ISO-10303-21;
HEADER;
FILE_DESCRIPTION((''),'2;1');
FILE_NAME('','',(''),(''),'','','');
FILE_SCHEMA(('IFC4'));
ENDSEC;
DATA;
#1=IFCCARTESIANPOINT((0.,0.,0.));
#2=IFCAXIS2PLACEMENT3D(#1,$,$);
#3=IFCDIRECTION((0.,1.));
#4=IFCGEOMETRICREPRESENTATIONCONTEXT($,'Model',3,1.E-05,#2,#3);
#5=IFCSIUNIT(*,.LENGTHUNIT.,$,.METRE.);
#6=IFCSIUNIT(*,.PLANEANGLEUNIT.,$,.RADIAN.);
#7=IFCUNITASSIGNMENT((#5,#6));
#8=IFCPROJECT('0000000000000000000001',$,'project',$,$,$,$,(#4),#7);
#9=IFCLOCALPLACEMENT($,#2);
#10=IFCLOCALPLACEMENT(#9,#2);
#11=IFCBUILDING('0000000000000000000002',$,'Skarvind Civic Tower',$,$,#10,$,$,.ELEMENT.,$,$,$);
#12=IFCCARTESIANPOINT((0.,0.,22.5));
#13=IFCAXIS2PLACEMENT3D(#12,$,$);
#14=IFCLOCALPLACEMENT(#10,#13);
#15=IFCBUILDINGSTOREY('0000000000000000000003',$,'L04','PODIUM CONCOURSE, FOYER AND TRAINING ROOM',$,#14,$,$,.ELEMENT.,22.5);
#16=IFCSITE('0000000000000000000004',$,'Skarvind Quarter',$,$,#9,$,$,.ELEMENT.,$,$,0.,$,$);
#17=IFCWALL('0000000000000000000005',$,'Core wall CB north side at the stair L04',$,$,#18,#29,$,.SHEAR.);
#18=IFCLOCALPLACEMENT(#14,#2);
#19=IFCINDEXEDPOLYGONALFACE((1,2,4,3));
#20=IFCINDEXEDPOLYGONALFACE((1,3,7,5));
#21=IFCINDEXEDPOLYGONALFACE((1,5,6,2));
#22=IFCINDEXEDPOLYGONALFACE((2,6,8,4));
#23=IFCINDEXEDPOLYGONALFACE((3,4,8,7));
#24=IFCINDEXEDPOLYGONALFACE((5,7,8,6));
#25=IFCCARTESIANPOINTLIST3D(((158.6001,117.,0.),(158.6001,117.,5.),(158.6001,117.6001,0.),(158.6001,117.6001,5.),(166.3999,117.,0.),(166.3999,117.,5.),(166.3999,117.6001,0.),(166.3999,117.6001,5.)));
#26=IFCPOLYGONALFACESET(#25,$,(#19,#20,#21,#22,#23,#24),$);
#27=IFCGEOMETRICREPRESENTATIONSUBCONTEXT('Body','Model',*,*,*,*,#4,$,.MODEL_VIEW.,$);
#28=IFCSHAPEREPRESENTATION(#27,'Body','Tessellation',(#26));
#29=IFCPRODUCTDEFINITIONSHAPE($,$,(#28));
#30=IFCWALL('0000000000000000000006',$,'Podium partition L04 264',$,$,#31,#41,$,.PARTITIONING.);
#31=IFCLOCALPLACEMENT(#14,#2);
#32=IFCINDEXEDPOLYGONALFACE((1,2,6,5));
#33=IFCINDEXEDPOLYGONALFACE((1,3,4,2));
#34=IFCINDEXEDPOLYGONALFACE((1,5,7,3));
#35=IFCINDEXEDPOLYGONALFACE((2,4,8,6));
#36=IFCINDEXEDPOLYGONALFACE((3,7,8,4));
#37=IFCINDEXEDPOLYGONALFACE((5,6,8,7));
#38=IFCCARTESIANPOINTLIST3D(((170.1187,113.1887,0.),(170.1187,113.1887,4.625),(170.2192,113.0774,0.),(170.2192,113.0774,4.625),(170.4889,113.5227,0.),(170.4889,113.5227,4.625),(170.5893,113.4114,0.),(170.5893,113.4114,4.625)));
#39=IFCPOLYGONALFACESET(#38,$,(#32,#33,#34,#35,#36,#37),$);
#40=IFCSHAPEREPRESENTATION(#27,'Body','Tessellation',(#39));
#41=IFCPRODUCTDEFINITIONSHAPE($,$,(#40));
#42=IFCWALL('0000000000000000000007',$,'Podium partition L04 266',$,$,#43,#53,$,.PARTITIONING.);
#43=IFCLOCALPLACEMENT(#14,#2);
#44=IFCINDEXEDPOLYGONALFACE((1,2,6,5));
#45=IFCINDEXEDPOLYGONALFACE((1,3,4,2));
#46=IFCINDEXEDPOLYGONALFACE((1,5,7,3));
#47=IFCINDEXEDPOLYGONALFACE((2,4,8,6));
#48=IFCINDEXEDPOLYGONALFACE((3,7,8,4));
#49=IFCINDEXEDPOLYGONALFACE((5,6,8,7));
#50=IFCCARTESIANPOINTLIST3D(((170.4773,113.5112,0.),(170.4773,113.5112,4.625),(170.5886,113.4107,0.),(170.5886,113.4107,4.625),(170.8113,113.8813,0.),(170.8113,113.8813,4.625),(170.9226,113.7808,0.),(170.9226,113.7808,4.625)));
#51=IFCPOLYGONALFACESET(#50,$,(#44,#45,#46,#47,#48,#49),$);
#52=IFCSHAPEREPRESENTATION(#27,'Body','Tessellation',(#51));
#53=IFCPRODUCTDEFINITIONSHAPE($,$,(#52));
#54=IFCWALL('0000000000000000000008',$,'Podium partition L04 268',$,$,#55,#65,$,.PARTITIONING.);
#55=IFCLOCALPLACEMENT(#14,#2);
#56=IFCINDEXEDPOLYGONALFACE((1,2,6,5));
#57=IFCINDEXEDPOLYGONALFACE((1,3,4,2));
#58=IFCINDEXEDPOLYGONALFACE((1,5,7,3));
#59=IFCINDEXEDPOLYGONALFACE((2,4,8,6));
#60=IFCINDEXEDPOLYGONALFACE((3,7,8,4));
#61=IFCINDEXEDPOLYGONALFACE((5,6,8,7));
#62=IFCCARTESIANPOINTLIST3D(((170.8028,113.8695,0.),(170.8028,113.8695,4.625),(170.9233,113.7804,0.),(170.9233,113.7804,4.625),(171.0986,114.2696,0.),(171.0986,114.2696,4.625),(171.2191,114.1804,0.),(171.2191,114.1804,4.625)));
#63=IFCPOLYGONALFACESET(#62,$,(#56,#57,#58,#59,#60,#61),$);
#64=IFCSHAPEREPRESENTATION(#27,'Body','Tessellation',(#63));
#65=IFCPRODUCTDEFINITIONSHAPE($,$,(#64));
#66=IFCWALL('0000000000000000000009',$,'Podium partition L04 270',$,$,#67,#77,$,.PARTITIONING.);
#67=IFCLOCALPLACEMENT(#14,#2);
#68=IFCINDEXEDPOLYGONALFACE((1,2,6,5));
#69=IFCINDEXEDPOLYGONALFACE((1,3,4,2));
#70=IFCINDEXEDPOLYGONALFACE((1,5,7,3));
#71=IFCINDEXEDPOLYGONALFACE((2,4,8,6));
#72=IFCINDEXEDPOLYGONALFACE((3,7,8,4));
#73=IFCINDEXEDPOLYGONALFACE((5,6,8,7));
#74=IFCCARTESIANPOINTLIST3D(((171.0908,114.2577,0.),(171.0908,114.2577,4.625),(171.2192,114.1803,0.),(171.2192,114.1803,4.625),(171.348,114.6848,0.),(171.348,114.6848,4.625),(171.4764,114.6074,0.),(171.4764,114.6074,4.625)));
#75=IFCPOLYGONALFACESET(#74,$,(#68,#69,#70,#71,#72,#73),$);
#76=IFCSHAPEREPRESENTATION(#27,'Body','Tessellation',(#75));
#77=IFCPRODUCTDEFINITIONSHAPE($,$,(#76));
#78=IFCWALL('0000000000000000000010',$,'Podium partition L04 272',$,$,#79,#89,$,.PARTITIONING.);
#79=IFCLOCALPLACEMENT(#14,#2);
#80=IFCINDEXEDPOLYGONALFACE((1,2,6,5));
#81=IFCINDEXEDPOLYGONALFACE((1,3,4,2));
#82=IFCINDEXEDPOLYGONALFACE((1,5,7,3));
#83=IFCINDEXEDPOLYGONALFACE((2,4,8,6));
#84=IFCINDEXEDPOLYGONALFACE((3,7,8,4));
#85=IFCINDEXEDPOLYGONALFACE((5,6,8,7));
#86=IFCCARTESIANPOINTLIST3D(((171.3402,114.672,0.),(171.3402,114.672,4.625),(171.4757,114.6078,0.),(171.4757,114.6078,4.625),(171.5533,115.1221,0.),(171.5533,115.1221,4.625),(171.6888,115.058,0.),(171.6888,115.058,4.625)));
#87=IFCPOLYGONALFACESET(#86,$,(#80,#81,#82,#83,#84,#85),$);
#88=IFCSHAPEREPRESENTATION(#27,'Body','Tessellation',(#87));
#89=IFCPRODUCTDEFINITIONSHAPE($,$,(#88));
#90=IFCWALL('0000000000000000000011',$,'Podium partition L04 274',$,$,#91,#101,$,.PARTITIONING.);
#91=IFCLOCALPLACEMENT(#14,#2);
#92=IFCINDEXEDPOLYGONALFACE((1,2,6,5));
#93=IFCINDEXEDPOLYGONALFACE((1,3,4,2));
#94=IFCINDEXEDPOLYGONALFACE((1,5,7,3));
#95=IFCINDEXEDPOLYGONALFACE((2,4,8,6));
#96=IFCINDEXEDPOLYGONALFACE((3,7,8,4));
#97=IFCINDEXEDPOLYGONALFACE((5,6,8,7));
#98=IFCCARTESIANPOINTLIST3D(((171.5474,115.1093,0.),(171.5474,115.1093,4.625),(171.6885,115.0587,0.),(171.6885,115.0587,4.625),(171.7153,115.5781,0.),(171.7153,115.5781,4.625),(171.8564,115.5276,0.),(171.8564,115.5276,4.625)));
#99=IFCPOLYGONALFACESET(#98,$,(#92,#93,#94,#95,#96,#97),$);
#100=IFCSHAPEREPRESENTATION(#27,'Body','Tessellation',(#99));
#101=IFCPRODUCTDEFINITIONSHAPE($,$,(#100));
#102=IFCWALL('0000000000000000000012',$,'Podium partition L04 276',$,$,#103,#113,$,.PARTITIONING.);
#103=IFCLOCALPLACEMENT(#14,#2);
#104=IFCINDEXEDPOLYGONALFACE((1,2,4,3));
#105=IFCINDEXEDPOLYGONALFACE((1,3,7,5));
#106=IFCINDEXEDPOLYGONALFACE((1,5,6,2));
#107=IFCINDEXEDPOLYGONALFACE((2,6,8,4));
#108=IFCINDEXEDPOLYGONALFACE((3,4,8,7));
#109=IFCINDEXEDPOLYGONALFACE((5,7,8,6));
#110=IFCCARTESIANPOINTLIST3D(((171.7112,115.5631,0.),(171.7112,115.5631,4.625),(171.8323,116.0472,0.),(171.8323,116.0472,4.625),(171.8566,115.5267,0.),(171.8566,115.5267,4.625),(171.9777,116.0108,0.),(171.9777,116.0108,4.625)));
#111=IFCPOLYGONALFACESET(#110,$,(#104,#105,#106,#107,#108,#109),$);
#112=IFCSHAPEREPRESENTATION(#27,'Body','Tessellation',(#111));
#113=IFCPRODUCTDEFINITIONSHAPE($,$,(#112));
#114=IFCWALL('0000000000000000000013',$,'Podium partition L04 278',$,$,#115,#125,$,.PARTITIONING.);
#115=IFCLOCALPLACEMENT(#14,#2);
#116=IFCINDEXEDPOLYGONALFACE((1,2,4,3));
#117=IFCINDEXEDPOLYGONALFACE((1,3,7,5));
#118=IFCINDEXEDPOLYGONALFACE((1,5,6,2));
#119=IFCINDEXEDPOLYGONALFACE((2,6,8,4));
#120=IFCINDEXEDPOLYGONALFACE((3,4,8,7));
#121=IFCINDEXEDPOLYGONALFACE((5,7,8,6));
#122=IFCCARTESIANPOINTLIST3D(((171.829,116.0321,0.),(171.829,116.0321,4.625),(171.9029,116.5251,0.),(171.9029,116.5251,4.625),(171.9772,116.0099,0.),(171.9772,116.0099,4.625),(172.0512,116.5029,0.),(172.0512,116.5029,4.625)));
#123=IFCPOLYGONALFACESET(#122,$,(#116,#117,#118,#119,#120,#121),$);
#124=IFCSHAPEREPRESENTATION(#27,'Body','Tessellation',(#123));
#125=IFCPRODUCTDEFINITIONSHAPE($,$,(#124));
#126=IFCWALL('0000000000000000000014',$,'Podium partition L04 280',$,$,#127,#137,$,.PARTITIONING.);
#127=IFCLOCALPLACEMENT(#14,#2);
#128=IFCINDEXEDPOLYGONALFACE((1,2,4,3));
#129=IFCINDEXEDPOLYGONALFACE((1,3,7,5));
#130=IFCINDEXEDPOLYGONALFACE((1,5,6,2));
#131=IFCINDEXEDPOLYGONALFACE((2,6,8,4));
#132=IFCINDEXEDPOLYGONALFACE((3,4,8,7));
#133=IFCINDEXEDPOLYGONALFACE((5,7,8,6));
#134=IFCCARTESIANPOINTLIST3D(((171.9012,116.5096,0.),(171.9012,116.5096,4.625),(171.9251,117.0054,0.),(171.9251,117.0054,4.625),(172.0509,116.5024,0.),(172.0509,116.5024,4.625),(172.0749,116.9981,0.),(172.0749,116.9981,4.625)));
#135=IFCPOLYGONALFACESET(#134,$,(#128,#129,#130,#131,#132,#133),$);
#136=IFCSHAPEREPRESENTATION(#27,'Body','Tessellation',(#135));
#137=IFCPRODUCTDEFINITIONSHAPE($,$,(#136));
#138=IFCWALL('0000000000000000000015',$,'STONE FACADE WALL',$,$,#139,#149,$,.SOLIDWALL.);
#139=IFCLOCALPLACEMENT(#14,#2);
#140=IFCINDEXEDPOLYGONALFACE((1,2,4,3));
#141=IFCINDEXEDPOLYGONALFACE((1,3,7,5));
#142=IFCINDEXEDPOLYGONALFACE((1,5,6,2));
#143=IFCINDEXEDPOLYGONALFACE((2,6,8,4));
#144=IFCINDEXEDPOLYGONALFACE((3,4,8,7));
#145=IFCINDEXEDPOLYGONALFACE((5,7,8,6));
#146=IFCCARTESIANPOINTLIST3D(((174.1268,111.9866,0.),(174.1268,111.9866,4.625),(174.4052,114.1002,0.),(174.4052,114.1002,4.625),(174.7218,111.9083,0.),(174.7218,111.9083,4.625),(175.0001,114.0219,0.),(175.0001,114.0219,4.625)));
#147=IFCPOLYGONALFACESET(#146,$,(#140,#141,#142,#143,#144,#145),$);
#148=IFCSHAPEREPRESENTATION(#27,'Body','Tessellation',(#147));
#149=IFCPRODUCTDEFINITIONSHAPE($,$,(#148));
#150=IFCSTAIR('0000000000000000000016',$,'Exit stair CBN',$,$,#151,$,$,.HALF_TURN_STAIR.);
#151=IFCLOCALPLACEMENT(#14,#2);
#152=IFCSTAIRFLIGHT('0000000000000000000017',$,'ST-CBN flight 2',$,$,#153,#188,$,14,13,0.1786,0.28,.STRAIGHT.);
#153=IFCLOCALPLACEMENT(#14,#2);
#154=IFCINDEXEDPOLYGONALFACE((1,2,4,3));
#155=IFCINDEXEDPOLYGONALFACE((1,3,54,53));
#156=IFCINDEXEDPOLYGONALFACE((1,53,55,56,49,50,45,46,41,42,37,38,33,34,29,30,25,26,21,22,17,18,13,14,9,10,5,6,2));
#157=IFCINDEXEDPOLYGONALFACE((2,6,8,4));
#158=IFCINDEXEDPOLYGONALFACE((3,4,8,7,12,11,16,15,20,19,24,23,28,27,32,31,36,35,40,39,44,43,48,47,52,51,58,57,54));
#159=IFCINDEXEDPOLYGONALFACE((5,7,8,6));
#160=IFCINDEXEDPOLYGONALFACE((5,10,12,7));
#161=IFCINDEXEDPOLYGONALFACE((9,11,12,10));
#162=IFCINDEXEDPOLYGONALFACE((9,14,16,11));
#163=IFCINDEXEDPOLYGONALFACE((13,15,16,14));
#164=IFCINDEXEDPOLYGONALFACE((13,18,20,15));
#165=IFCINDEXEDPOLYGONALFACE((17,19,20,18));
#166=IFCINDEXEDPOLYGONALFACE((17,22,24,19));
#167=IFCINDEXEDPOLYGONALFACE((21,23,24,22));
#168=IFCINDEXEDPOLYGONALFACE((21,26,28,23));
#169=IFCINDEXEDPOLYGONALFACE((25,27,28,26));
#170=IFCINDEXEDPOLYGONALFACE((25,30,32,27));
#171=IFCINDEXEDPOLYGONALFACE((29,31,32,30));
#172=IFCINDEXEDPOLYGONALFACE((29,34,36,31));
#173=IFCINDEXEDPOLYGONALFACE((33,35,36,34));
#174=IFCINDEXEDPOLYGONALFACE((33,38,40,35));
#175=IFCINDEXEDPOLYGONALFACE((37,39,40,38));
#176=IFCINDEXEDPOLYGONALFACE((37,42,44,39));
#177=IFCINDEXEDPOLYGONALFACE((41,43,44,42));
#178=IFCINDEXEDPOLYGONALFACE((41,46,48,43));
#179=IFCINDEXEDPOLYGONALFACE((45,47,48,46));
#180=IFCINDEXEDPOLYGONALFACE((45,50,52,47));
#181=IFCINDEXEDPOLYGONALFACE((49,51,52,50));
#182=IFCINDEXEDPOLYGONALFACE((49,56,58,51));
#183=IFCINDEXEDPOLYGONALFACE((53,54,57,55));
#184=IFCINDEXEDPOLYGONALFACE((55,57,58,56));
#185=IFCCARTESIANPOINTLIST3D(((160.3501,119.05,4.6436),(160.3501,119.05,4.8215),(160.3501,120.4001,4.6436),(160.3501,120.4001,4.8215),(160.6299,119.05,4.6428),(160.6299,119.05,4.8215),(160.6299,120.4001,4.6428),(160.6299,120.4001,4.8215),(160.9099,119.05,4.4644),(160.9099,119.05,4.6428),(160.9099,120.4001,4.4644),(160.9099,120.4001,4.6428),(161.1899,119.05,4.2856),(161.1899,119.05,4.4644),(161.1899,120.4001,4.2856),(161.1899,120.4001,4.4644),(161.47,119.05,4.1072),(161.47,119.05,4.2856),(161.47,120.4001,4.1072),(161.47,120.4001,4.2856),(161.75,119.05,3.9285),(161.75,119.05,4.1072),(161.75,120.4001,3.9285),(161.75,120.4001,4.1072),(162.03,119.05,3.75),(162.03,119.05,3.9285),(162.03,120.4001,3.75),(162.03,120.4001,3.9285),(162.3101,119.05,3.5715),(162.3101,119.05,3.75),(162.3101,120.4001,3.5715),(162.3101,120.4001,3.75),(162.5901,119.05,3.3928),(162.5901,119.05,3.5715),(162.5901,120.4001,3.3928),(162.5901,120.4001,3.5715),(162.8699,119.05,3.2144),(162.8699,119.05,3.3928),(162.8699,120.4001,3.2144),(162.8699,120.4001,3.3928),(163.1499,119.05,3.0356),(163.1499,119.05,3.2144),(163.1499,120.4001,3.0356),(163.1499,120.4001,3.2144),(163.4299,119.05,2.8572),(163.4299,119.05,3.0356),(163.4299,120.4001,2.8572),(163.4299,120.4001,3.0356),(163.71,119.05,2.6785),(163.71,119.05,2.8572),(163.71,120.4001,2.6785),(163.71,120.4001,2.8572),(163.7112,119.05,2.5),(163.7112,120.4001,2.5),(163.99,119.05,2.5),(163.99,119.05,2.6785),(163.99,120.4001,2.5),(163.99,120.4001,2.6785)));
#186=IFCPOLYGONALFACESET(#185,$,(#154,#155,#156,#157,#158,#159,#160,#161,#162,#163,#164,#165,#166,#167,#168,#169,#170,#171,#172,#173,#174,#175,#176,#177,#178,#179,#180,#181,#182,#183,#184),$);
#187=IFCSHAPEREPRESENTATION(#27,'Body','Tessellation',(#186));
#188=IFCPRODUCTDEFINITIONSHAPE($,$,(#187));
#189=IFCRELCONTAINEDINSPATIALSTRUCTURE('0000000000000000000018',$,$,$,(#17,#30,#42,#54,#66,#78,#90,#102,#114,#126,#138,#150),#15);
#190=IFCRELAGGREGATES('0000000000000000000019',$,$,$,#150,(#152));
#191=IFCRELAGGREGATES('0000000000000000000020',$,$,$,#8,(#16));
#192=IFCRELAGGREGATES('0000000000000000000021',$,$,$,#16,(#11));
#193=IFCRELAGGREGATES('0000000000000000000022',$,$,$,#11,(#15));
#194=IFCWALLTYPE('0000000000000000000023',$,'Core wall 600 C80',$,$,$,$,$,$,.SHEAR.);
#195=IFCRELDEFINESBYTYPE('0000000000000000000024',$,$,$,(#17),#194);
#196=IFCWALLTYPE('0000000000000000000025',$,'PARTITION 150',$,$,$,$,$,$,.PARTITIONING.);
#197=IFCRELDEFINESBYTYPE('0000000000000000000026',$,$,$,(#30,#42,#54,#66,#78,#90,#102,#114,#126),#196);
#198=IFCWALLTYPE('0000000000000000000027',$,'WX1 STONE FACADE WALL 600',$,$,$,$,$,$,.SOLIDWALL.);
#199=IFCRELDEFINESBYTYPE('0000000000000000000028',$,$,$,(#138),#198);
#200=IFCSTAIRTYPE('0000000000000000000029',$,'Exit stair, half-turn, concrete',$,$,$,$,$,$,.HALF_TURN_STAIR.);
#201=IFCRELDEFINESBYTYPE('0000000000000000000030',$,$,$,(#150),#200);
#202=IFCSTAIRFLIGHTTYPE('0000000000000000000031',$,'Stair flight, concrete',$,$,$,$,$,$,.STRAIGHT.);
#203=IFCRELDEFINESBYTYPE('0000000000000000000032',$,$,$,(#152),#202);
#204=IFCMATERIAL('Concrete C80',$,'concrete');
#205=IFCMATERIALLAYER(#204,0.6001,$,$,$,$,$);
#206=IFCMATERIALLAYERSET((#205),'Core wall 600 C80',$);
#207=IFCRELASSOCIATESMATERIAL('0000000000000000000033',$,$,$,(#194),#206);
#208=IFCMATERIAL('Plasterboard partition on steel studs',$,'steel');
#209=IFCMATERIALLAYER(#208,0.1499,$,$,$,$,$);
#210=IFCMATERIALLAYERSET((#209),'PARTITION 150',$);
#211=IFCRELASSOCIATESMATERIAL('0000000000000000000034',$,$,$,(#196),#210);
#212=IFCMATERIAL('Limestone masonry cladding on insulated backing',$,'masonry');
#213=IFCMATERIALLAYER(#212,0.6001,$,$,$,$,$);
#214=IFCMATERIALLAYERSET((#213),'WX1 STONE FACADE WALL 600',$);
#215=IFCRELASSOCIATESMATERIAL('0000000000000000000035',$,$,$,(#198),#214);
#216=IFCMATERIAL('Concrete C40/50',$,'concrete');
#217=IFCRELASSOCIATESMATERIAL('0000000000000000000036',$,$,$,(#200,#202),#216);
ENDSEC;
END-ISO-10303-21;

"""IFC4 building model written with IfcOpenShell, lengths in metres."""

from ifc_helpers import new_model, si_unit, direction, frame, frame_2d, origin, place, context, subcontext, project, spatial, polyline, rectangle, outline, extrude, material, layer, layer_set, type_object, element, aggregate, save


model = new_model("IFC4")

# Units and contexts
model_context = context("Model", 3, precision=1e-05, world=origin(), true_north=direction((0.0, 1.0)))
body_context = subcontext(model_context, "Body", "Model", "MODEL_VIEW")
ifc_project = project(units=[si_unit("LENGTHUNIT", "METRE"), si_unit("PLANEANGLEUNIT", "RADIAN")], contexts=[model_context])

# Site, building, storey
site_placement = place(None, origin())
site = spatial("IfcSite", under=ifc_project, at=site_placement, Name="Skarvind Quarter", CompositionType="ELEMENT", RefElevation=0.0)
building_placement = place(site_placement, origin())
building = spatial("IfcBuilding", under=site, at=building_placement, Name="Skarvind Civic Tower", CompositionType="ELEMENT")
storey_placement = place(building_placement, frame((0.0, 0.0, 22.5)))
storey = spatial("IfcBuildingStorey", under=building, at=storey_placement, Name="L04", Description="PODIUM CONCOURSE, FOYER AND TRAINING ROOM", CompositionType="ELEMENT", Elevation=22.5)

# Shared definitions
ifc_material_1 = material(Name="Concrete C80", Category="concrete")

# Walls
ifc_layer_1 = layer(ifc_material_1, 0.6001)
ifc_layer_set_1 = layer_set([ifc_layer_1], Name="Core wall 600 C80")
wall_type_1 = type_object("IfcWallType", Name="Core wall 600 C80", PredefinedType="SHEAR", material=ifc_layer_set_1)
wall_1_placement = place(storey_placement, frame((166.3999, 117.3, 0.0), z_axis=(0.0, 0.0, 1.0), x_axis=(-1.0, 0.0, 0.0)))
element("IfcWall", 1, at=wall_1_placement, inside=storey, type_object=wall_type_1, Name="Core wall CB north side at the stair L04", PredefinedType="SHEAR", context=body_context, shape_type="SweptSolid", body=[
    extrude(rectangle(XDim=7.7998, YDim=0.6001, at=frame_2d((3.8999, 0.0))), origin(), (0.0, 0.0, 1.0), 5.0),
])
ifc_material_2 = material(Name="Plasterboard partition on steel studs", Category="steel")
ifc_layer_2 = layer(ifc_material_2, 0.1499)
ifc_layer_set_2 = layer_set([ifc_layer_2], Name="PARTITION 150")
wall_type_2 = type_object("IfcWallType", Name="PARTITION 150", PredefinedType="PARTITIONING", material=ifc_layer_set_2)
for number, where, z_axis, x_axis, name in (
    (2, (170.1689, 113.1331, 0.0), (0.0, 0.0, 1.0), (0.742417, 0.669938, 0.0), "Podium partition L04 264"),
    (3, (170.533, 113.4609, 0.0), (0.0, 0.0, 1.0), (0.669938, 0.742417, 0.0), "Podium partition L04 266"),
):
    element("IfcWall", number, at=place(storey_placement, frame(where, z_axis=z_axis, x_axis=x_axis)), inside=storey, type_object=wall_type_2, Name=name, PredefinedType="PARTITIONING", context=body_context, shape_type="SweptSolid", body=[
        extrude(rectangle(XDim=0.4985, YDim=0.1499, at=frame_2d((0.2493, 0.0))), origin(), (0.0, 0.0, 1.0), 4.625),
    ])
wall_2_placement = place(storey_placement, frame((170.863, 113.825, 0.0), z_axis=(0.0, 0.0, 1.0), x_axis=(0.59457, 0.804044, 0.0)))
element("IfcWall", 4, at=wall_2_placement, inside=storey, type_object=wall_type_2, Name="Podium partition L04 268", PredefinedType="PARTITIONING", context=body_context, shape_type="SweptSolid", body=[
    extrude(rectangle(XDim=0.4976, YDim=0.1499, at=frame_2d((0.2488, 0.0))), origin(), (0.0, 0.0, 1.0), 4.625),
])
wall_3_placement = place(storey_placement, frame((171.155, 114.219, 0.0), z_axis=(0.0, 0.0, 1.0), x_axis=(0.515792, 0.856714, 0.0)))
element("IfcWall", 5, at=wall_3_placement, inside=storey, type_object=wall_type_2, Name="Podium partition L04 270", PredefinedType="PARTITIONING", context=body_context, shape_type="SweptSolid", body=[
    extrude(rectangle(XDim=0.4985, YDim=0.1499, at=frame_2d((0.2493, 0.0))), origin(), (0.0, 0.0, 1.0), 4.625),
])
for number, where, z_axis, x_axis, name in (
    (6, (171.408, 114.6399, 0.0), (0.0, 0.0, 1.0), (0.427897, 0.903828, 0.0), "Podium partition L04 272"),
    (7, (171.6179, 115.084, 0.0), (0.0, 0.0, 1.0), (0.337174, 0.941442, 0.0), "Podium partition L04 274"),
):
    element("IfcWall", number, at=place(storey_placement, frame(where, z_axis=z_axis, x_axis=x_axis)), inside=storey, type_object=wall_type_2, Name=name, PredefinedType="PARTITIONING", context=body_context, shape_type="SweptSolid", body=[
        extrude(rectangle(XDim=0.498, YDim=0.1499, at=frame_2d((0.249, 0.0))), origin(), (0.0, 0.0, 1.0), 4.625),
    ])
wall_4_placement = place(storey_placement, frame((171.7839, 115.5449, 0.0), z_axis=(0.0, 0.0, 1.0), x_axis=(0.242651, 0.970114, 0.0)))
element("IfcWall", 8, at=wall_4_placement, inside=storey, type_object=wall_type_2, Name="Podium partition L04 276", PredefinedType="PARTITIONING", context=body_context, shape_type="SweptSolid", body=[
    extrude(rectangle(XDim=0.499, YDim=0.1499, at=frame_2d((0.2495, 0.0))), origin(), (0.0, 0.0, 1.0), 4.625),
])
wall_5_placement = place(storey_placement, frame((171.9031, 116.021, 0.0), z_axis=(0.0, 0.0, 1.0), x_axis=(0.148412, 0.988926, 0.0)))
element("IfcWall", 9, at=wall_5_placement, inside=storey, type_object=wall_type_2, Name="Podium partition L04 278", PredefinedType="PARTITIONING", context=body_context, shape_type="SweptSolid", body=[
    extrude(rectangle(XDim=0.4985, YDim=0.1499, at=frame_2d((0.2493, 0.0))), origin(), (0.0, 0.0, 1.0), 4.625),
])
wall_6_placement = place(storey_placement, frame((171.9761, 116.5061, 0.0), z_axis=(0.0, 0.0, 1.0), x_axis=(0.048196, 0.998838, 0.0)))
element("IfcWall", 10, at=wall_6_placement, inside=storey, type_object=wall_type_2, Name="Podium partition L04 280", PredefinedType="PARTITIONING", context=body_context, shape_type="SweptSolid", body=[
    extrude(rectangle(XDim=0.4963, YDim=0.1499, at=frame_2d((0.248, 0.0))), origin(), (0.0, 0.0, 1.0), 4.625),
])
ifc_material_3 = material(Name="Limestone masonry cladding on insulated backing", Category="masonry")
ifc_layer_3 = layer(ifc_material_3, 0.6001)
ifc_layer_set_3 = layer_set([ifc_layer_3], Name="WX1 STONE FACADE WALL 600")
wall_type_3 = type_object("IfcWallType", Name="WX1 STONE FACADE WALL 600", PredefinedType="SOLIDWALL", material=ifc_layer_set_3)
wall_7_placement = place(storey_placement, frame((174.7026, 114.061, 0.0), z_axis=(0.0, 0.0, 1.0), x_axis=(-0.130558, -0.991441, 0.0)))
element("IfcWall", 11, at=wall_7_placement, inside=storey, type_object=wall_type_3, Name="STONE FACADE WALL", PredefinedType="SOLIDWALL", context=body_context, shape_type="SweptSolid", body=[
    extrude(rectangle(XDim=2.1318, YDim=0.6001, at=frame_2d((1.0659, 0.0))), origin(), (0.0, 0.0, 1.0), 4.625),
])

# Stair, stair flight
ifc_material_4 = material(Name="Concrete C40/50", Category="concrete")
stair_type = type_object("IfcStairType", Name="Exit stair, half-turn, concrete", PredefinedType="HALF_TURN_STAIR", material=ifc_material_4)
stair_placement = place(storey_placement, origin())
stair = element("IfcStair", 12, at=stair_placement, inside=storey, type_object=stair_type, Name="Exit stair CBN", PredefinedType="HALF_TURN_STAIR")
stair_flight_type = type_object("IfcStairFlightType", Name="Stair flight, concrete", PredefinedType="STRAIGHT", material=ifc_material_4)
stair_flight_placement = place(storey_placement, frame((163.99, 119.7251, 2.5), z_axis=(0.0, 0.0, 1.0), x_axis=(-1.0, 0.0, 0.0)))
stair_flight = element("IfcStairFlight", 13, at=stair_flight_placement, type_object=stair_flight_type, Name="ST-CBN flight 2", NumberOfRisers=14, NumberOfTreads=13, PredefinedType="STRAIGHT", RiserHeight=0.1786, TreadLength=0.28, context=body_context, shape_type="SweptSolid", body=[
    extrude(outline(polyline([(0.0, 0.0), (0.0, 0.1785), (0.28, 0.1785), (0.28, 0.3572), (0.5601, 0.3572), (0.5601, 0.5356), (0.8401, 0.5356), (0.8401, 0.7144), (1.1201, 0.7144), (1.1201, 0.8928), (1.3999, 0.8928), (1.3999, 1.0715), (1.6799, 1.0715), (1.6799, 1.25), (1.96, 1.25), (1.96, 1.4285), (2.24, 1.4285), (2.24, 1.6072), (2.52, 1.6072), (2.52, 1.7856), (2.8, 1.7856), (2.8, 1.9644), (3.0801, 1.9644), (3.0801, 2.1428), (3.3601, 2.1428), (3.3601, 2.3215), (3.6399, 2.3215), (3.6399, 2.5), (3.6399, 2.1436), (0.2788, 0.0), (0.0, 0.0)])), frame((0.0, 0.675, 0.0), z_axis=(0.0, -1.0, 0.0), x_axis=(1.0, 0.0, 0.0)), (0.0, 0.0, 1.0), 1.3501),
])
aggregate(stair, [stair_flight])

save(model, "model.ifc")
